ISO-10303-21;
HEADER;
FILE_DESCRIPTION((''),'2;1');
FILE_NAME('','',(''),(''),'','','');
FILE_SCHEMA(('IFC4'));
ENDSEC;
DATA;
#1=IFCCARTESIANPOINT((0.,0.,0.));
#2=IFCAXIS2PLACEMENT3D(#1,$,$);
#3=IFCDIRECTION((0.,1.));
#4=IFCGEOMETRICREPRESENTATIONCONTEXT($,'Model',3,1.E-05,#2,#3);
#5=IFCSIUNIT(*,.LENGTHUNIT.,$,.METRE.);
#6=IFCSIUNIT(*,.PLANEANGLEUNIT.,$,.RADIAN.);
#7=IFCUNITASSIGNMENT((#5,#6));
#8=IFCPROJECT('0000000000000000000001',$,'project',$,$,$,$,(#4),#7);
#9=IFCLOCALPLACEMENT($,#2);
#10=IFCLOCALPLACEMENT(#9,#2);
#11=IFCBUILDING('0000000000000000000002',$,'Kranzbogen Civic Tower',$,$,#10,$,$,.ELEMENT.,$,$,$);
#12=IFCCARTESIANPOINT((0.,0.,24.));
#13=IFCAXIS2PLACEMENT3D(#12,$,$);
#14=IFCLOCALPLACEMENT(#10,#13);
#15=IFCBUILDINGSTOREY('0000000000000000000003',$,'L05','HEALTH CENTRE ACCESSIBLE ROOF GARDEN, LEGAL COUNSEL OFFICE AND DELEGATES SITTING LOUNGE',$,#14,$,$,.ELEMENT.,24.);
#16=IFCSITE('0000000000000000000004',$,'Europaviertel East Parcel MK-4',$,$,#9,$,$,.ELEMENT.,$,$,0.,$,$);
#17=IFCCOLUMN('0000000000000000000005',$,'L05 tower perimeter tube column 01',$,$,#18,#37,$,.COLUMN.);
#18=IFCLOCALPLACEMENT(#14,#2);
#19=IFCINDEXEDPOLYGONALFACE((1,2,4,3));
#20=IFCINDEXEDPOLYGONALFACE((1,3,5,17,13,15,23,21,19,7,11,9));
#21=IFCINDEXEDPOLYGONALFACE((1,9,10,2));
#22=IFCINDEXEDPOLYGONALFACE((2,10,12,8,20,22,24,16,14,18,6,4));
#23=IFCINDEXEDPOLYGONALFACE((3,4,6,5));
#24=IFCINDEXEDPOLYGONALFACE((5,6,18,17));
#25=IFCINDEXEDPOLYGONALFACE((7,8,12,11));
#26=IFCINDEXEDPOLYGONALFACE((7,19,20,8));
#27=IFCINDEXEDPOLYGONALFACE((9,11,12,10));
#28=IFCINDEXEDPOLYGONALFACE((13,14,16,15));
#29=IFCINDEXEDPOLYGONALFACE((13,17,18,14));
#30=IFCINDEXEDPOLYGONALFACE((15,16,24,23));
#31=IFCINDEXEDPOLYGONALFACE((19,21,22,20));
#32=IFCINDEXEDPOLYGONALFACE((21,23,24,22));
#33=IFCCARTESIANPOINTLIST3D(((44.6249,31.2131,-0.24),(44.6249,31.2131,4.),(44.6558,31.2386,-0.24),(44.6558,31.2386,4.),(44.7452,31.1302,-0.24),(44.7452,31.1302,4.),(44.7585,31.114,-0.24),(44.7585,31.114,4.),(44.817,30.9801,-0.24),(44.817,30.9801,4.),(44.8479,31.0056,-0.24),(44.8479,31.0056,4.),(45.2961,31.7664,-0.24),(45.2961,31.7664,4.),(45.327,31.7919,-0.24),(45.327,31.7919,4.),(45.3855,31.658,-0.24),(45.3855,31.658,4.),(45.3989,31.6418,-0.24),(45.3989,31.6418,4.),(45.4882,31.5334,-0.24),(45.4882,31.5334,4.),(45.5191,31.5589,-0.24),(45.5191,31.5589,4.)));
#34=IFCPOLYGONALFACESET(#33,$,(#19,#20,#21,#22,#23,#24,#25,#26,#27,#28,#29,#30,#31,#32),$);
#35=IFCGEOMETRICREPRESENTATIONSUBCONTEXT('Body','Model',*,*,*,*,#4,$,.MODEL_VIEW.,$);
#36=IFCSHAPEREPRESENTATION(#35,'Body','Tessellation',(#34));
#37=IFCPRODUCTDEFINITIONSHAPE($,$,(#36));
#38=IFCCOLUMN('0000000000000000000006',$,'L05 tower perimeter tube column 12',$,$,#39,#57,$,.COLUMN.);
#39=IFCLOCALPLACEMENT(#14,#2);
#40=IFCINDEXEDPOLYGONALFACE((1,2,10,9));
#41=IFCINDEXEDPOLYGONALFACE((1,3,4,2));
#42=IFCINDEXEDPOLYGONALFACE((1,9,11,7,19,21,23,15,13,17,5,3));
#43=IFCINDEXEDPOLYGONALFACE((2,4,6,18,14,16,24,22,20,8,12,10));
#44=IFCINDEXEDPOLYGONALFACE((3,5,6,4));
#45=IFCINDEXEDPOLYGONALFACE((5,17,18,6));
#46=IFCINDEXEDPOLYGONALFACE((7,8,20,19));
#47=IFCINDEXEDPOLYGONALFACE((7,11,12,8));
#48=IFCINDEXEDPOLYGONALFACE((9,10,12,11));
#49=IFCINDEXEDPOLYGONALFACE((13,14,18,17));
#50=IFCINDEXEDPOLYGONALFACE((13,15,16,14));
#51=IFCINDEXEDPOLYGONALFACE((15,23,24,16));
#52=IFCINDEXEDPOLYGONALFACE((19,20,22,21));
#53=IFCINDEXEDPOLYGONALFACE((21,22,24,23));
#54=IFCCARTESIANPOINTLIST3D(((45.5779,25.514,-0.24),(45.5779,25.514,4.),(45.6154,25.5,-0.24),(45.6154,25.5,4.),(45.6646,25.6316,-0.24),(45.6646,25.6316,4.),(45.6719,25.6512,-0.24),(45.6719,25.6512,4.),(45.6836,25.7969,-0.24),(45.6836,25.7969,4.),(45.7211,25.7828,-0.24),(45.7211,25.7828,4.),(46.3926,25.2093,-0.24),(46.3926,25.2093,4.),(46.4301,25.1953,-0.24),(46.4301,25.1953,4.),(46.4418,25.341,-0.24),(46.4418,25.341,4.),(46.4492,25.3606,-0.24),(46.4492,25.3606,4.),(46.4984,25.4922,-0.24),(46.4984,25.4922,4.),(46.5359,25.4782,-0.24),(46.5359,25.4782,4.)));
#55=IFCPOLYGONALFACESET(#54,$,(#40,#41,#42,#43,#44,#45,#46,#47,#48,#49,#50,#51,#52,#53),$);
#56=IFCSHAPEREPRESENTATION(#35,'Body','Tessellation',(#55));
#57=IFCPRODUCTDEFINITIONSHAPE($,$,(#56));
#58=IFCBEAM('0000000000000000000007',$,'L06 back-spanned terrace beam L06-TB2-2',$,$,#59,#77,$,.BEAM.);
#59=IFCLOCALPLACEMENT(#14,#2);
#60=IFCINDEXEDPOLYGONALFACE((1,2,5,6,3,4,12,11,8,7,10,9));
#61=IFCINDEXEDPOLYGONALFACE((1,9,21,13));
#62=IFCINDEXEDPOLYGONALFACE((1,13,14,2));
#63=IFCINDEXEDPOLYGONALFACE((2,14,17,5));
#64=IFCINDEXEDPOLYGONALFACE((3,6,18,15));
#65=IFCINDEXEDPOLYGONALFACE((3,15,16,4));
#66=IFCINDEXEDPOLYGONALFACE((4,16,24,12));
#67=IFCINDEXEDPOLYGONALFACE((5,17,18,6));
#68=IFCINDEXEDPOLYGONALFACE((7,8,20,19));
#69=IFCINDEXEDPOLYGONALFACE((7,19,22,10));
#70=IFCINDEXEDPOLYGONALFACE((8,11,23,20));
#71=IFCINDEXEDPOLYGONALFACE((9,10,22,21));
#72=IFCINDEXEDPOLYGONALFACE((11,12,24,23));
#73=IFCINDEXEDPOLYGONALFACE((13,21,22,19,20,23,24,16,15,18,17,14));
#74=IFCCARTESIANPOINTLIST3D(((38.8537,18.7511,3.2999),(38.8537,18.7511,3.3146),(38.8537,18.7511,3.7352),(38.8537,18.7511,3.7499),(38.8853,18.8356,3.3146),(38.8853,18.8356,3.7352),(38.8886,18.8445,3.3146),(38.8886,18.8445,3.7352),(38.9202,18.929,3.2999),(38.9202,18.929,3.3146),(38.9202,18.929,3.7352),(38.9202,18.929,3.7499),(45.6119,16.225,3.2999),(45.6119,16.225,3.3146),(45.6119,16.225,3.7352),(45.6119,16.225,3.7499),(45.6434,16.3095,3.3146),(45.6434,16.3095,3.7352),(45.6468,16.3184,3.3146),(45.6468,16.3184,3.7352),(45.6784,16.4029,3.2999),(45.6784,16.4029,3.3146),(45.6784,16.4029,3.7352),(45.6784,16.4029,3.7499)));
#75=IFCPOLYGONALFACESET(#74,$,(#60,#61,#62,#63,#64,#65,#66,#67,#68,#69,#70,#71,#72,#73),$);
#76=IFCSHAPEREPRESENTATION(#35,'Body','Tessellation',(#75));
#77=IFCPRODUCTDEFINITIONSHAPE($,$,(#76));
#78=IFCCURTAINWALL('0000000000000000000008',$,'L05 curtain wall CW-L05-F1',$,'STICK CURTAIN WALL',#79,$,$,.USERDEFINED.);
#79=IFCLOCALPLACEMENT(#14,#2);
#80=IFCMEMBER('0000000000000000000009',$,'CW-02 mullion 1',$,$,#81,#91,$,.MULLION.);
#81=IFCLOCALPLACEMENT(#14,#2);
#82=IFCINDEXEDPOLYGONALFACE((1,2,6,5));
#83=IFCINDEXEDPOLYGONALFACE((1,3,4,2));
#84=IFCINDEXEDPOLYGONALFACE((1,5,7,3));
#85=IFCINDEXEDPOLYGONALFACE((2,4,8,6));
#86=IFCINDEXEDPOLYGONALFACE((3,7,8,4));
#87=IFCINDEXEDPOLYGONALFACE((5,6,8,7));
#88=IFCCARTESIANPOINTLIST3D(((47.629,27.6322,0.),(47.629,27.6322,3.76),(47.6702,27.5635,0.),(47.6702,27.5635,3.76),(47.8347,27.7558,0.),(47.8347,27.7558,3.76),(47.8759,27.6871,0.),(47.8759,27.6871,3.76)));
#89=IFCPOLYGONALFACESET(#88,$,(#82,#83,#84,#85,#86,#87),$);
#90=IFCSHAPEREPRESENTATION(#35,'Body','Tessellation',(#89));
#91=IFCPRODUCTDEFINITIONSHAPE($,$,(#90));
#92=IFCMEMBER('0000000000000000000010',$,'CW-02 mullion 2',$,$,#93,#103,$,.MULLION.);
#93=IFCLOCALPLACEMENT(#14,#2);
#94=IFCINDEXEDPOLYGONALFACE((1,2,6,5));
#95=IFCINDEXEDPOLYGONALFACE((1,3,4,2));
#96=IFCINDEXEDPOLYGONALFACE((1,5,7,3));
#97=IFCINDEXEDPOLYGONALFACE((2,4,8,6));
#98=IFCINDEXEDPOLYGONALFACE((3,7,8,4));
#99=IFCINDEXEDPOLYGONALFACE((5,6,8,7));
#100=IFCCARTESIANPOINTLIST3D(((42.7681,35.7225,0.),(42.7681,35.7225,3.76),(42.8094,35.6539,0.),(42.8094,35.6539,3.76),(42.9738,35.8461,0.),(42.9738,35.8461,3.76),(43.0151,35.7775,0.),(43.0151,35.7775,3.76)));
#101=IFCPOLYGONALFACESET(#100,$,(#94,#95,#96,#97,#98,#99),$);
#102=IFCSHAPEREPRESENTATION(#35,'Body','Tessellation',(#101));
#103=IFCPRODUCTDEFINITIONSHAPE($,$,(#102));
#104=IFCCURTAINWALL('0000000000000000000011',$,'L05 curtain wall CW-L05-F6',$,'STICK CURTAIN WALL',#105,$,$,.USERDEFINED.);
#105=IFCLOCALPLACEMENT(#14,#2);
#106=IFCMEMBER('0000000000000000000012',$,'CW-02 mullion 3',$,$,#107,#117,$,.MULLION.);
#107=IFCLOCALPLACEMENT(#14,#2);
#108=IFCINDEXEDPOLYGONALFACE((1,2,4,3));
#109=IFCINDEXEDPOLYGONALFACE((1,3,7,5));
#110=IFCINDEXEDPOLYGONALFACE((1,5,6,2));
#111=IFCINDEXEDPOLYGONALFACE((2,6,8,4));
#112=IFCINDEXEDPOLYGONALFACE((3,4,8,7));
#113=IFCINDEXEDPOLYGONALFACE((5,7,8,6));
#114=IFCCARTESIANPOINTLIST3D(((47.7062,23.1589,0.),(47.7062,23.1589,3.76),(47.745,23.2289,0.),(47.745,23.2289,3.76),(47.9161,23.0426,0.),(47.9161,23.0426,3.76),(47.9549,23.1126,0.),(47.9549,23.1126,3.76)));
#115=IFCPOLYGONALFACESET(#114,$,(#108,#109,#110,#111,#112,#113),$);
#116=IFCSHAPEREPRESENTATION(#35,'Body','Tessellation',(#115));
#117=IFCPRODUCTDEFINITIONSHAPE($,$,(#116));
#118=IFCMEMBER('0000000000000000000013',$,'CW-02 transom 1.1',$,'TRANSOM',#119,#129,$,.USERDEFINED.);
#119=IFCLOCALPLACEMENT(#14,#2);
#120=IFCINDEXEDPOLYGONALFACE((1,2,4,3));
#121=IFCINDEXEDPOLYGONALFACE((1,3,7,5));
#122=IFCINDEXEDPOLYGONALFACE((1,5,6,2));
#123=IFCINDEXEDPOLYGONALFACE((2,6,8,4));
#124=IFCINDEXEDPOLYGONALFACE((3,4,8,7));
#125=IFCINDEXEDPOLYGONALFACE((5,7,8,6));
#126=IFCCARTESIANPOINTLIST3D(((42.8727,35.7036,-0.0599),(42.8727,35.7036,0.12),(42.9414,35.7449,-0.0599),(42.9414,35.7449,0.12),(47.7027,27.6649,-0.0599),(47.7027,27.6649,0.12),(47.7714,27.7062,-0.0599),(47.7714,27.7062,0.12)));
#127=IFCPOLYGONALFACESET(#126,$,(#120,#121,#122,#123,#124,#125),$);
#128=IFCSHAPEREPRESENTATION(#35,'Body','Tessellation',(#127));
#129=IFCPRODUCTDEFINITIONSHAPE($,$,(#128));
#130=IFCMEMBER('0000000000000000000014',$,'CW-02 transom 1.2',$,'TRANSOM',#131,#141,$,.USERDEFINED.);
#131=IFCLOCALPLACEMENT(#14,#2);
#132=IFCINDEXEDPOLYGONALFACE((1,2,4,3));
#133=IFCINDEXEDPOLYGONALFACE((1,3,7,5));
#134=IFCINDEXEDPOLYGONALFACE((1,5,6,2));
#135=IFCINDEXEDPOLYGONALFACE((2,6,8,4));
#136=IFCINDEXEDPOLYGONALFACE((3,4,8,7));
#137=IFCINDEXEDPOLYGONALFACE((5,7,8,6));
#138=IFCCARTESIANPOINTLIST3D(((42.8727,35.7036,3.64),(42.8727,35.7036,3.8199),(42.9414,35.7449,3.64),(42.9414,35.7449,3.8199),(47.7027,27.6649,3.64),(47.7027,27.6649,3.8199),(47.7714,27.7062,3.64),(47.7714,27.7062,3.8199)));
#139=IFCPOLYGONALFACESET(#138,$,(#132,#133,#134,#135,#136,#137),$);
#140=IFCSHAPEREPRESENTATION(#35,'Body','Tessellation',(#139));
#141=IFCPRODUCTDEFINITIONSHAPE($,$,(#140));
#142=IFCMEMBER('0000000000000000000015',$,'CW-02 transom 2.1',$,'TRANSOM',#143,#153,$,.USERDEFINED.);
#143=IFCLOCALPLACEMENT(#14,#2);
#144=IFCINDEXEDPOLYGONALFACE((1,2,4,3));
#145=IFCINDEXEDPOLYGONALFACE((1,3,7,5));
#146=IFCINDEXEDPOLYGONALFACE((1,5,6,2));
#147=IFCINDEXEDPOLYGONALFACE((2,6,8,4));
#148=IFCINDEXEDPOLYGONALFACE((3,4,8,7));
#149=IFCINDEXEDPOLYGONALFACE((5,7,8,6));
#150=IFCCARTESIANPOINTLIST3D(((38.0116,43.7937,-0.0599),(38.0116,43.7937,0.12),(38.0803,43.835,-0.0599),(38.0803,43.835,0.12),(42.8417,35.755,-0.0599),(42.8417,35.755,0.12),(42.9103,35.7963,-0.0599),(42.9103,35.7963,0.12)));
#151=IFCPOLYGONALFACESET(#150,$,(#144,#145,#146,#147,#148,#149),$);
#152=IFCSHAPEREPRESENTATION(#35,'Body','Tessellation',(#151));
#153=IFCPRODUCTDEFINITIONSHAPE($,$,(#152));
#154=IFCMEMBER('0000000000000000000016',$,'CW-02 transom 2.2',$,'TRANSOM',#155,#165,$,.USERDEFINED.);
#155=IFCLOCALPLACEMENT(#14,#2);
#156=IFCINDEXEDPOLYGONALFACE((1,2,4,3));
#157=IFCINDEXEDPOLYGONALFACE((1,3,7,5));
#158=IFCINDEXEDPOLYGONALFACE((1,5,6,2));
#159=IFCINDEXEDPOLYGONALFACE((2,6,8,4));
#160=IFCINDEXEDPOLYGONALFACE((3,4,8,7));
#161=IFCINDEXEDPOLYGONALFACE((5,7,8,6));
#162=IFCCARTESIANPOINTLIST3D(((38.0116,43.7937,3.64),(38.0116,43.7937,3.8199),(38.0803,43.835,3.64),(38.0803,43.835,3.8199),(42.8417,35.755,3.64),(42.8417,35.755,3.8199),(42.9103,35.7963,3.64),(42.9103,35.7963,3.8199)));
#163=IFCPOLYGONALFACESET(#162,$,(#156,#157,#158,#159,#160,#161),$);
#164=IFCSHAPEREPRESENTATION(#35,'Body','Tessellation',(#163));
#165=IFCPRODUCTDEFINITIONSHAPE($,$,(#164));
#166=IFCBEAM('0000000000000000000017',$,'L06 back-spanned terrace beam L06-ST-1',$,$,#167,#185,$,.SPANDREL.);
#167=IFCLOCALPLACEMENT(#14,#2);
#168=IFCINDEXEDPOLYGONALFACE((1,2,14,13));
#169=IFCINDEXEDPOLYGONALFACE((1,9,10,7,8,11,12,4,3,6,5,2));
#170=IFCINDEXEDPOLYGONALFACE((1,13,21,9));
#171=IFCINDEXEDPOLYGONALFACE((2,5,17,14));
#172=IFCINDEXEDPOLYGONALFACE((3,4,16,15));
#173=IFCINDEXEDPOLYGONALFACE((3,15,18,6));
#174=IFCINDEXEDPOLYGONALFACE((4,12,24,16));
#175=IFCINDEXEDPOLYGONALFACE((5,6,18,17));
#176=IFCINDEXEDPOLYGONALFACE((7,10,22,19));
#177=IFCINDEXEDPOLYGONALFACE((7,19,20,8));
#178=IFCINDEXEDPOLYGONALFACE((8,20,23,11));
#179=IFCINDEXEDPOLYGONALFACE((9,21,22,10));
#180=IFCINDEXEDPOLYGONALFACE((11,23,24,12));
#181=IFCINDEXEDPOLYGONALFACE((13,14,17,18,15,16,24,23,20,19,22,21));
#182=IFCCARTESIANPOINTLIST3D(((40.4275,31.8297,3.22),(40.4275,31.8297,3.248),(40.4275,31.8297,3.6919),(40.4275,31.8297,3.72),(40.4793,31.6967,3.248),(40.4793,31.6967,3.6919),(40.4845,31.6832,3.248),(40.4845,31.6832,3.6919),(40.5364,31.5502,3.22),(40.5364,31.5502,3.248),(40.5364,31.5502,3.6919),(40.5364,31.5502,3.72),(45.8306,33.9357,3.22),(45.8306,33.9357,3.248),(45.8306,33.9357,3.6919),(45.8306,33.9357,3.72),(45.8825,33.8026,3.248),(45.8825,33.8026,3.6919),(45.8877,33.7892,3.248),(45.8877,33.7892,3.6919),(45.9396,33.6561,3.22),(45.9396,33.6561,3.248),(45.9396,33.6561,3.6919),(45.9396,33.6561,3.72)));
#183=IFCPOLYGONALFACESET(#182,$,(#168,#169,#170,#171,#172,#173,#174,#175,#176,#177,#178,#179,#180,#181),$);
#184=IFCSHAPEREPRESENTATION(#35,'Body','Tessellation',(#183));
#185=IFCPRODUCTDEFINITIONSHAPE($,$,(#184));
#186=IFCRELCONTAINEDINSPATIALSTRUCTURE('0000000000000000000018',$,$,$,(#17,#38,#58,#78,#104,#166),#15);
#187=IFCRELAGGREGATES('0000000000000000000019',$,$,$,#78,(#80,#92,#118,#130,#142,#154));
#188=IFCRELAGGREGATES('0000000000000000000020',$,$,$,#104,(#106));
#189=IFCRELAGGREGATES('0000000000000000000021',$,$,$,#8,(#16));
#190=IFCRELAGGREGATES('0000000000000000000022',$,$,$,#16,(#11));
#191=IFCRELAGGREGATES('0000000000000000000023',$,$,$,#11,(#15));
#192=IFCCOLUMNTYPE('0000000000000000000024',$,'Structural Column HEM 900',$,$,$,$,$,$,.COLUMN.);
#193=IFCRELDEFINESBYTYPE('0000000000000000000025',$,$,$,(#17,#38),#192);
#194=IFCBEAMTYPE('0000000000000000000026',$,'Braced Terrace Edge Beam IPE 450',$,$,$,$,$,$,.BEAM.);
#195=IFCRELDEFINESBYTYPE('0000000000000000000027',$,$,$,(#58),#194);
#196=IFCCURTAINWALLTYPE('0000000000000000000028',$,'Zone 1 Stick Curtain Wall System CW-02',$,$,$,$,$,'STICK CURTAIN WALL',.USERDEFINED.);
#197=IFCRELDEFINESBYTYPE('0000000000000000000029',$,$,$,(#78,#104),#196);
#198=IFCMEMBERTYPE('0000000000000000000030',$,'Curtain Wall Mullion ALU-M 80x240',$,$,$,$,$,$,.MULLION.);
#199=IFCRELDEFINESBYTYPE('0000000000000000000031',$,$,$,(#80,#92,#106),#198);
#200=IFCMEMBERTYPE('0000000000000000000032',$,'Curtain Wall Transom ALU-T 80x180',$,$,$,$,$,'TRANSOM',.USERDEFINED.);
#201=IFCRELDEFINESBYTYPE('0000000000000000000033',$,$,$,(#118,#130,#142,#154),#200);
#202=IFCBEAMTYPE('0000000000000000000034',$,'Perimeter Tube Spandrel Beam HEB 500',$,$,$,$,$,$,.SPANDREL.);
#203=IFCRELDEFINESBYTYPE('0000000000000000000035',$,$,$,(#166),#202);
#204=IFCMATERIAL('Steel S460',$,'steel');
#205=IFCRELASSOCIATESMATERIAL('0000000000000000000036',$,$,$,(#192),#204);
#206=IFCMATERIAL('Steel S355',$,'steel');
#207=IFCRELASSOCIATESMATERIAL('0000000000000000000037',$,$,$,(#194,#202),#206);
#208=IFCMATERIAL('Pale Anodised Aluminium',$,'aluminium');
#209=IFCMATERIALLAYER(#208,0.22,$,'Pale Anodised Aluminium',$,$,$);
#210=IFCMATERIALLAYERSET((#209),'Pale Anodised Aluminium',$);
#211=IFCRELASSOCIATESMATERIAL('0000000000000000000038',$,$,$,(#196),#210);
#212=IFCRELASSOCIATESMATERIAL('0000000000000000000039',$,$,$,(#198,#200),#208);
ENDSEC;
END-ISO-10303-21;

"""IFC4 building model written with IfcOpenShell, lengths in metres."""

from ifc_helpers import new_model, si_unit, direction, frame, origin, origin_2d, place, context, subcontext, project, spatial, rectangle, i_section, extrude, material, layer, layer_set, material_profile, profile_set, type_object, element, aggregate, save


model = new_model("IFC4")

# Units and contexts
model_context = context("Model", 3, precision=1e-05, world=origin(), true_north=direction((0.0, 1.0)))
body_context = subcontext(model_context, "Body", "Model", "MODEL_VIEW")
ifc_project = project(units=[si_unit("LENGTHUNIT", "METRE"), si_unit("PLANEANGLEUNIT", "RADIAN")], contexts=[model_context])

# Site, building, storey
site_placement = place(None, origin())
site = spatial("IfcSite", under=ifc_project, at=site_placement, Name="Europaviertel East Parcel MK-4", CompositionType="ELEMENT", RefElevation=0.0)
building_placement = place(site_placement, origin())
building = spatial("IfcBuilding", under=site, at=building_placement, Name="Kranzbogen Civic Tower", CompositionType="ELEMENT")
storey_placement = place(building_placement, frame((0.0, 0.0, 24.0)))
storey = spatial("IfcBuildingStorey", under=building, at=storey_placement, Name="L05", Description="HEALTH CENTRE ACCESSIBLE ROOF GARDEN, LEGAL COUNSEL OFFICE AND DELEGATES SITTING LOUNGE", CompositionType="ELEMENT", Elevation=24.0)

# Columns
ifc_material_1 = material(Name="Steel S460", Category="steel")
ifc_material_profile_1 = material_profile(ifc_material_1, i_section(OverallWidth=0.302, OverallDepth=0.9099, WebThickness=0.021, FlangeThickness=0.04, at=origin_2d()), Name="HEM 900")
ifc_profile_set_1 = profile_set([ifc_material_profile_1], Name="Steel S460")
column_type = type_object("IfcColumnType", Name="Structural Column HEM 900", PredefinedType="COLUMN", material=ifc_profile_set_1)
for number, where, z_axis, x_axis, name in (
    (1, (45.072, 31.386, -0.24), (0.0, 0.0, 1.0), (-0.636078, 0.771625, 0.0), "L05 tower perimeter tube column 01"),
    (2, (46.0569, 25.4961, -0.24), (0.0, 0.0, 1.0), (0.350207, 0.936672, 0.0), "L05 tower perimeter tube column 12"),
):
    element("IfcColumn", number, at=place(storey_placement, frame(where, z_axis=z_axis, x_axis=x_axis)), inside=storey, type_object=column_type, Name=name, PredefinedType="COLUMN", context=body_context, shape_type="SweptSolid", body=[
        extrude(i_section(OverallWidth=0.302, OverallDepth=0.9099, WebThickness=0.021, FlangeThickness=0.04, at=origin_2d()), origin(), (0.0, 0.0, 1.0), 4.24),
    ])

# Beam
ifc_material_2 = material(Name="Steel S355", Category="steel")
ifc_material_profile_2 = material_profile(ifc_material_2, i_section(OverallWidth=0.1899, OverallDepth=0.45, WebThickness=0.0095, FlangeThickness=0.0146, at=origin_2d()), Name="IPE 450")
ifc_profile_set_2 = profile_set([ifc_material_profile_2], Name="Steel S355")
beam_type_1 = type_object("IfcBeamType", Name="Braced Terrace Edge Beam IPE 450", PredefinedType="BEAM", material=ifc_profile_set_2)
beam_1_placement = place(storey_placement, frame((38.887, 18.8401, 3.5249), z_axis=(0.9367, -0.350133, 0.0), x_axis=(0.350133, 0.9367, 0.0)))
element("IfcBeam", 3, at=beam_1_placement, inside=storey, type_object=beam_type_1, Name="L06 back-spanned terrace beam L06-TB2-2", PredefinedType="BEAM", context=body_context, shape_type="SweptSolid", body=[
    extrude(i_section(OverallWidth=0.1899, OverallDepth=0.45, WebThickness=0.0095, FlangeThickness=0.0146, at=origin_2d()), origin(), (0.0, 0.0, 1.0), 7.2148),
])

# Curtain wall, members
ifc_material_3 = material(Name="Pale Anodised Aluminium", Category="aluminium")
ifc_layer_1 = layer(ifc_material_3, 0.22, Name="Pale Anodised Aluminium")
ifc_layer_set_1 = layer_set([ifc_layer_1], Name="Pale Anodised Aluminium")
curtain_wall_type = type_object("IfcCurtainWallType", Name="Zone 1 Stick Curtain Wall System CW-02", ElementType="STICK CURTAIN WALL", PredefinedType="USERDEFINED", material=ifc_layer_set_1)
curtain_wall_1_placement = place(storey_placement, origin())
curtain_wall_1 = element("IfcCurtainWall", 4, at=curtain_wall_1_placement, inside=storey, type_object=curtain_wall_type, Name="L05 curtain wall CW-L05-F1", ObjectType="STICK CURTAIN WALL", PredefinedType="USERDEFINED")
ifc_material_profile_3 = material_profile(ifc_material_3, rectangle(XDim=0.0801, YDim=0.24, at=origin_2d()), Name="ALU-M 80x240")
ifc_profile_set_3 = profile_set([ifc_material_profile_3], Name="Pale Anodised Aluminium")
member_type_1 = type_object("IfcMemberType", Name="Curtain Wall Mullion ALU-M 80x240", PredefinedType="MULLION", material=ifc_profile_set_3)
member_1_placement = place(storey_placement, frame((47.7524, 27.6597, 0.0), z_axis=(0.0, 0.0, 1.0), x_axis=(-0.515031, 0.857171, 0.0)))
member_1 = element("IfcMember", 5, at=member_1_placement, type_object=member_type_1, Name="CW-02 mullion 1", PredefinedType="MULLION", context=body_context, shape_type="SweptSolid", body=[
    extrude(rectangle(XDim=0.0801, YDim=0.24, at=origin_2d()), origin(), (0.0, 0.0, 1.0), 3.76),
])
member_2_placement = place(storey_placement, frame((42.8916, 35.75, 0.0), z_axis=(0.0, 0.0, 1.0), x_axis=(-0.515031, 0.857171, 0.0)))
member_2 = element("IfcMember", 6, at=member_2_placement, type_object=member_type_1, Name="CW-02 mullion 2", PredefinedType="MULLION", context=body_context, shape_type="SweptSolid", body=[
    extrude(rectangle(XDim=0.0801, YDim=0.24, at=origin_2d()), origin(), (0.0, 0.0, 1.0), 3.76),
])

# Curtain wall, member
curtain_wall_2_placement = place(storey_placement, origin())
curtain_wall_2 = element("IfcCurtainWall", 7, at=curtain_wall_2_placement, inside=storey, type_object=curtain_wall_type, Name="L05 curtain wall CW-L05-F6", ObjectType="STICK CURTAIN WALL", PredefinedType="USERDEFINED")
member_3_placement = place(storey_placement, frame((47.8306, 23.1357, 0.0), z_axis=(0.0, 0.0, 1.0), x_axis=(0.484728, 0.874665, 0.0)))
member_3 = element("IfcMember", 8, at=member_3_placement, type_object=member_type_1, Name="CW-02 mullion 3", PredefinedType="MULLION", context=body_context, shape_type="SweptSolid", body=[
    extrude(rectangle(XDim=0.0801, YDim=0.24, at=origin_2d()), origin(), (0.0, 0.0, 1.0), 3.76),
])

# Members
ifc_material_profile_4 = material_profile(ifc_material_3, rectangle(XDim=0.0801, YDim=0.1799, at=origin_2d()), Name="ALU-T 80x180")
ifc_profile_set_4 = profile_set([ifc_material_profile_4], Name="Pale Anodised Aluminium")
member_type_2 = type_object("IfcMemberType", Name="Curtain Wall Transom ALU-T 80x180", ElementType="TRANSOM", PredefinedType="USERDEFINED", material=ifc_profile_set_4)
member_4_placement = place(storey_placement, frame((47.7371, 27.6855, 0.03), z_axis=(-0.515028, 0.857173, 0.0), x_axis=(-0.857173, -0.515028, 0.0)))
member_4 = element("IfcMember", 9, at=member_4_placement, type_object=member_type_2, Name="CW-02 transom 1.1", ObjectType="TRANSOM", PredefinedType="USERDEFINED", context=body_context, shape_type="SweptSolid", body=[
    extrude(rectangle(XDim=0.0801, YDim=0.1799, at=origin_2d()), origin(), (0.0, 0.0, 1.0), 9.3782),
])
member_5_placement = place(storey_placement, frame((47.7371, 27.6855, 3.73), z_axis=(-0.515028, 0.857173, 0.0), x_axis=(-0.857173, -0.515028, 0.0)))
member_5 = element("IfcMember", 10, at=member_5_placement, type_object=member_type_2, Name="CW-02 transom 1.2", ObjectType="TRANSOM", PredefinedType="USERDEFINED", context=body_context, shape_type="SweptSolid", body=[
    extrude(rectangle(XDim=0.0801, YDim=0.1799, at=origin_2d()), origin(), (0.0, 0.0, 1.0), 9.3782),
])
member_6_placement = place(storey_placement, frame((42.876, 35.7756, 0.03), z_axis=(-0.515028, 0.857173, 0.0), x_axis=(-0.857173, -0.515028, 0.0)))
member_6 = element("IfcMember", 11, at=member_6_placement, type_object=member_type_2, Name="CW-02 transom 2.1", ObjectType="TRANSOM", PredefinedType="USERDEFINED", context=body_context, shape_type="SweptSolid", body=[
    extrude(rectangle(XDim=0.0801, YDim=0.1799, at=origin_2d()), origin(), (0.0, 0.0, 1.0), 9.3782),
])
member_7_placement = place(storey_placement, frame((42.876, 35.7756, 3.73), z_axis=(-0.515028, 0.857173, 0.0), x_axis=(-0.857173, -0.515028, 0.0)))
member_7 = element("IfcMember", 12, at=member_7_placement, type_object=member_type_2, Name="CW-02 transom 2.2", ObjectType="TRANSOM", PredefinedType="USERDEFINED", context=body_context, shape_type="SweptSolid", body=[
    extrude(rectangle(XDim=0.0801, YDim=0.1799, at=origin_2d()), origin(), (0.0, 0.0, 1.0), 9.3782),
])

# Beam
ifc_material_profile_5 = material_profile(ifc_material_2, i_section(OverallWidth=0.3, OverallDepth=0.5, WebThickness=0.0144, FlangeThickness=0.0281, at=origin_2d()), Name="HEB 500")
ifc_profile_set_5 = profile_set([ifc_material_profile_5], Name="Steel S355")
beam_type_2 = type_object("IfcBeamType", Name="Perimeter Tube Spandrel Beam HEB 500", PredefinedType="SPANDREL", material=ifc_profile_set_5)
beam_2_placement = place(storey_placement, frame((40.4819, 31.6899, 3.47), z_axis=(0.931727, 0.363159, 0.0), x_axis=(-0.363159, 0.931727, 0.0)))
element("IfcBeam", 13, at=beam_2_placement, inside=storey, type_object=beam_type_2, Name="L06 back-spanned terrace beam L06-ST-1", PredefinedType="SPANDREL", context=body_context, shape_type="SweptSolid", body=[
    extrude(i_section(OverallWidth=0.3, OverallDepth=0.5, WebThickness=0.0144, FlangeThickness=0.0281, at=origin_2d()), origin(), (0.0, 0.0, 1.0), 5.7991),
])

aggregate(curtain_wall_1, [member_1, member_2, member_4, member_5, member_6, member_7])
aggregate(curtain_wall_2, [member_3])

save(model, "model.ifc")
